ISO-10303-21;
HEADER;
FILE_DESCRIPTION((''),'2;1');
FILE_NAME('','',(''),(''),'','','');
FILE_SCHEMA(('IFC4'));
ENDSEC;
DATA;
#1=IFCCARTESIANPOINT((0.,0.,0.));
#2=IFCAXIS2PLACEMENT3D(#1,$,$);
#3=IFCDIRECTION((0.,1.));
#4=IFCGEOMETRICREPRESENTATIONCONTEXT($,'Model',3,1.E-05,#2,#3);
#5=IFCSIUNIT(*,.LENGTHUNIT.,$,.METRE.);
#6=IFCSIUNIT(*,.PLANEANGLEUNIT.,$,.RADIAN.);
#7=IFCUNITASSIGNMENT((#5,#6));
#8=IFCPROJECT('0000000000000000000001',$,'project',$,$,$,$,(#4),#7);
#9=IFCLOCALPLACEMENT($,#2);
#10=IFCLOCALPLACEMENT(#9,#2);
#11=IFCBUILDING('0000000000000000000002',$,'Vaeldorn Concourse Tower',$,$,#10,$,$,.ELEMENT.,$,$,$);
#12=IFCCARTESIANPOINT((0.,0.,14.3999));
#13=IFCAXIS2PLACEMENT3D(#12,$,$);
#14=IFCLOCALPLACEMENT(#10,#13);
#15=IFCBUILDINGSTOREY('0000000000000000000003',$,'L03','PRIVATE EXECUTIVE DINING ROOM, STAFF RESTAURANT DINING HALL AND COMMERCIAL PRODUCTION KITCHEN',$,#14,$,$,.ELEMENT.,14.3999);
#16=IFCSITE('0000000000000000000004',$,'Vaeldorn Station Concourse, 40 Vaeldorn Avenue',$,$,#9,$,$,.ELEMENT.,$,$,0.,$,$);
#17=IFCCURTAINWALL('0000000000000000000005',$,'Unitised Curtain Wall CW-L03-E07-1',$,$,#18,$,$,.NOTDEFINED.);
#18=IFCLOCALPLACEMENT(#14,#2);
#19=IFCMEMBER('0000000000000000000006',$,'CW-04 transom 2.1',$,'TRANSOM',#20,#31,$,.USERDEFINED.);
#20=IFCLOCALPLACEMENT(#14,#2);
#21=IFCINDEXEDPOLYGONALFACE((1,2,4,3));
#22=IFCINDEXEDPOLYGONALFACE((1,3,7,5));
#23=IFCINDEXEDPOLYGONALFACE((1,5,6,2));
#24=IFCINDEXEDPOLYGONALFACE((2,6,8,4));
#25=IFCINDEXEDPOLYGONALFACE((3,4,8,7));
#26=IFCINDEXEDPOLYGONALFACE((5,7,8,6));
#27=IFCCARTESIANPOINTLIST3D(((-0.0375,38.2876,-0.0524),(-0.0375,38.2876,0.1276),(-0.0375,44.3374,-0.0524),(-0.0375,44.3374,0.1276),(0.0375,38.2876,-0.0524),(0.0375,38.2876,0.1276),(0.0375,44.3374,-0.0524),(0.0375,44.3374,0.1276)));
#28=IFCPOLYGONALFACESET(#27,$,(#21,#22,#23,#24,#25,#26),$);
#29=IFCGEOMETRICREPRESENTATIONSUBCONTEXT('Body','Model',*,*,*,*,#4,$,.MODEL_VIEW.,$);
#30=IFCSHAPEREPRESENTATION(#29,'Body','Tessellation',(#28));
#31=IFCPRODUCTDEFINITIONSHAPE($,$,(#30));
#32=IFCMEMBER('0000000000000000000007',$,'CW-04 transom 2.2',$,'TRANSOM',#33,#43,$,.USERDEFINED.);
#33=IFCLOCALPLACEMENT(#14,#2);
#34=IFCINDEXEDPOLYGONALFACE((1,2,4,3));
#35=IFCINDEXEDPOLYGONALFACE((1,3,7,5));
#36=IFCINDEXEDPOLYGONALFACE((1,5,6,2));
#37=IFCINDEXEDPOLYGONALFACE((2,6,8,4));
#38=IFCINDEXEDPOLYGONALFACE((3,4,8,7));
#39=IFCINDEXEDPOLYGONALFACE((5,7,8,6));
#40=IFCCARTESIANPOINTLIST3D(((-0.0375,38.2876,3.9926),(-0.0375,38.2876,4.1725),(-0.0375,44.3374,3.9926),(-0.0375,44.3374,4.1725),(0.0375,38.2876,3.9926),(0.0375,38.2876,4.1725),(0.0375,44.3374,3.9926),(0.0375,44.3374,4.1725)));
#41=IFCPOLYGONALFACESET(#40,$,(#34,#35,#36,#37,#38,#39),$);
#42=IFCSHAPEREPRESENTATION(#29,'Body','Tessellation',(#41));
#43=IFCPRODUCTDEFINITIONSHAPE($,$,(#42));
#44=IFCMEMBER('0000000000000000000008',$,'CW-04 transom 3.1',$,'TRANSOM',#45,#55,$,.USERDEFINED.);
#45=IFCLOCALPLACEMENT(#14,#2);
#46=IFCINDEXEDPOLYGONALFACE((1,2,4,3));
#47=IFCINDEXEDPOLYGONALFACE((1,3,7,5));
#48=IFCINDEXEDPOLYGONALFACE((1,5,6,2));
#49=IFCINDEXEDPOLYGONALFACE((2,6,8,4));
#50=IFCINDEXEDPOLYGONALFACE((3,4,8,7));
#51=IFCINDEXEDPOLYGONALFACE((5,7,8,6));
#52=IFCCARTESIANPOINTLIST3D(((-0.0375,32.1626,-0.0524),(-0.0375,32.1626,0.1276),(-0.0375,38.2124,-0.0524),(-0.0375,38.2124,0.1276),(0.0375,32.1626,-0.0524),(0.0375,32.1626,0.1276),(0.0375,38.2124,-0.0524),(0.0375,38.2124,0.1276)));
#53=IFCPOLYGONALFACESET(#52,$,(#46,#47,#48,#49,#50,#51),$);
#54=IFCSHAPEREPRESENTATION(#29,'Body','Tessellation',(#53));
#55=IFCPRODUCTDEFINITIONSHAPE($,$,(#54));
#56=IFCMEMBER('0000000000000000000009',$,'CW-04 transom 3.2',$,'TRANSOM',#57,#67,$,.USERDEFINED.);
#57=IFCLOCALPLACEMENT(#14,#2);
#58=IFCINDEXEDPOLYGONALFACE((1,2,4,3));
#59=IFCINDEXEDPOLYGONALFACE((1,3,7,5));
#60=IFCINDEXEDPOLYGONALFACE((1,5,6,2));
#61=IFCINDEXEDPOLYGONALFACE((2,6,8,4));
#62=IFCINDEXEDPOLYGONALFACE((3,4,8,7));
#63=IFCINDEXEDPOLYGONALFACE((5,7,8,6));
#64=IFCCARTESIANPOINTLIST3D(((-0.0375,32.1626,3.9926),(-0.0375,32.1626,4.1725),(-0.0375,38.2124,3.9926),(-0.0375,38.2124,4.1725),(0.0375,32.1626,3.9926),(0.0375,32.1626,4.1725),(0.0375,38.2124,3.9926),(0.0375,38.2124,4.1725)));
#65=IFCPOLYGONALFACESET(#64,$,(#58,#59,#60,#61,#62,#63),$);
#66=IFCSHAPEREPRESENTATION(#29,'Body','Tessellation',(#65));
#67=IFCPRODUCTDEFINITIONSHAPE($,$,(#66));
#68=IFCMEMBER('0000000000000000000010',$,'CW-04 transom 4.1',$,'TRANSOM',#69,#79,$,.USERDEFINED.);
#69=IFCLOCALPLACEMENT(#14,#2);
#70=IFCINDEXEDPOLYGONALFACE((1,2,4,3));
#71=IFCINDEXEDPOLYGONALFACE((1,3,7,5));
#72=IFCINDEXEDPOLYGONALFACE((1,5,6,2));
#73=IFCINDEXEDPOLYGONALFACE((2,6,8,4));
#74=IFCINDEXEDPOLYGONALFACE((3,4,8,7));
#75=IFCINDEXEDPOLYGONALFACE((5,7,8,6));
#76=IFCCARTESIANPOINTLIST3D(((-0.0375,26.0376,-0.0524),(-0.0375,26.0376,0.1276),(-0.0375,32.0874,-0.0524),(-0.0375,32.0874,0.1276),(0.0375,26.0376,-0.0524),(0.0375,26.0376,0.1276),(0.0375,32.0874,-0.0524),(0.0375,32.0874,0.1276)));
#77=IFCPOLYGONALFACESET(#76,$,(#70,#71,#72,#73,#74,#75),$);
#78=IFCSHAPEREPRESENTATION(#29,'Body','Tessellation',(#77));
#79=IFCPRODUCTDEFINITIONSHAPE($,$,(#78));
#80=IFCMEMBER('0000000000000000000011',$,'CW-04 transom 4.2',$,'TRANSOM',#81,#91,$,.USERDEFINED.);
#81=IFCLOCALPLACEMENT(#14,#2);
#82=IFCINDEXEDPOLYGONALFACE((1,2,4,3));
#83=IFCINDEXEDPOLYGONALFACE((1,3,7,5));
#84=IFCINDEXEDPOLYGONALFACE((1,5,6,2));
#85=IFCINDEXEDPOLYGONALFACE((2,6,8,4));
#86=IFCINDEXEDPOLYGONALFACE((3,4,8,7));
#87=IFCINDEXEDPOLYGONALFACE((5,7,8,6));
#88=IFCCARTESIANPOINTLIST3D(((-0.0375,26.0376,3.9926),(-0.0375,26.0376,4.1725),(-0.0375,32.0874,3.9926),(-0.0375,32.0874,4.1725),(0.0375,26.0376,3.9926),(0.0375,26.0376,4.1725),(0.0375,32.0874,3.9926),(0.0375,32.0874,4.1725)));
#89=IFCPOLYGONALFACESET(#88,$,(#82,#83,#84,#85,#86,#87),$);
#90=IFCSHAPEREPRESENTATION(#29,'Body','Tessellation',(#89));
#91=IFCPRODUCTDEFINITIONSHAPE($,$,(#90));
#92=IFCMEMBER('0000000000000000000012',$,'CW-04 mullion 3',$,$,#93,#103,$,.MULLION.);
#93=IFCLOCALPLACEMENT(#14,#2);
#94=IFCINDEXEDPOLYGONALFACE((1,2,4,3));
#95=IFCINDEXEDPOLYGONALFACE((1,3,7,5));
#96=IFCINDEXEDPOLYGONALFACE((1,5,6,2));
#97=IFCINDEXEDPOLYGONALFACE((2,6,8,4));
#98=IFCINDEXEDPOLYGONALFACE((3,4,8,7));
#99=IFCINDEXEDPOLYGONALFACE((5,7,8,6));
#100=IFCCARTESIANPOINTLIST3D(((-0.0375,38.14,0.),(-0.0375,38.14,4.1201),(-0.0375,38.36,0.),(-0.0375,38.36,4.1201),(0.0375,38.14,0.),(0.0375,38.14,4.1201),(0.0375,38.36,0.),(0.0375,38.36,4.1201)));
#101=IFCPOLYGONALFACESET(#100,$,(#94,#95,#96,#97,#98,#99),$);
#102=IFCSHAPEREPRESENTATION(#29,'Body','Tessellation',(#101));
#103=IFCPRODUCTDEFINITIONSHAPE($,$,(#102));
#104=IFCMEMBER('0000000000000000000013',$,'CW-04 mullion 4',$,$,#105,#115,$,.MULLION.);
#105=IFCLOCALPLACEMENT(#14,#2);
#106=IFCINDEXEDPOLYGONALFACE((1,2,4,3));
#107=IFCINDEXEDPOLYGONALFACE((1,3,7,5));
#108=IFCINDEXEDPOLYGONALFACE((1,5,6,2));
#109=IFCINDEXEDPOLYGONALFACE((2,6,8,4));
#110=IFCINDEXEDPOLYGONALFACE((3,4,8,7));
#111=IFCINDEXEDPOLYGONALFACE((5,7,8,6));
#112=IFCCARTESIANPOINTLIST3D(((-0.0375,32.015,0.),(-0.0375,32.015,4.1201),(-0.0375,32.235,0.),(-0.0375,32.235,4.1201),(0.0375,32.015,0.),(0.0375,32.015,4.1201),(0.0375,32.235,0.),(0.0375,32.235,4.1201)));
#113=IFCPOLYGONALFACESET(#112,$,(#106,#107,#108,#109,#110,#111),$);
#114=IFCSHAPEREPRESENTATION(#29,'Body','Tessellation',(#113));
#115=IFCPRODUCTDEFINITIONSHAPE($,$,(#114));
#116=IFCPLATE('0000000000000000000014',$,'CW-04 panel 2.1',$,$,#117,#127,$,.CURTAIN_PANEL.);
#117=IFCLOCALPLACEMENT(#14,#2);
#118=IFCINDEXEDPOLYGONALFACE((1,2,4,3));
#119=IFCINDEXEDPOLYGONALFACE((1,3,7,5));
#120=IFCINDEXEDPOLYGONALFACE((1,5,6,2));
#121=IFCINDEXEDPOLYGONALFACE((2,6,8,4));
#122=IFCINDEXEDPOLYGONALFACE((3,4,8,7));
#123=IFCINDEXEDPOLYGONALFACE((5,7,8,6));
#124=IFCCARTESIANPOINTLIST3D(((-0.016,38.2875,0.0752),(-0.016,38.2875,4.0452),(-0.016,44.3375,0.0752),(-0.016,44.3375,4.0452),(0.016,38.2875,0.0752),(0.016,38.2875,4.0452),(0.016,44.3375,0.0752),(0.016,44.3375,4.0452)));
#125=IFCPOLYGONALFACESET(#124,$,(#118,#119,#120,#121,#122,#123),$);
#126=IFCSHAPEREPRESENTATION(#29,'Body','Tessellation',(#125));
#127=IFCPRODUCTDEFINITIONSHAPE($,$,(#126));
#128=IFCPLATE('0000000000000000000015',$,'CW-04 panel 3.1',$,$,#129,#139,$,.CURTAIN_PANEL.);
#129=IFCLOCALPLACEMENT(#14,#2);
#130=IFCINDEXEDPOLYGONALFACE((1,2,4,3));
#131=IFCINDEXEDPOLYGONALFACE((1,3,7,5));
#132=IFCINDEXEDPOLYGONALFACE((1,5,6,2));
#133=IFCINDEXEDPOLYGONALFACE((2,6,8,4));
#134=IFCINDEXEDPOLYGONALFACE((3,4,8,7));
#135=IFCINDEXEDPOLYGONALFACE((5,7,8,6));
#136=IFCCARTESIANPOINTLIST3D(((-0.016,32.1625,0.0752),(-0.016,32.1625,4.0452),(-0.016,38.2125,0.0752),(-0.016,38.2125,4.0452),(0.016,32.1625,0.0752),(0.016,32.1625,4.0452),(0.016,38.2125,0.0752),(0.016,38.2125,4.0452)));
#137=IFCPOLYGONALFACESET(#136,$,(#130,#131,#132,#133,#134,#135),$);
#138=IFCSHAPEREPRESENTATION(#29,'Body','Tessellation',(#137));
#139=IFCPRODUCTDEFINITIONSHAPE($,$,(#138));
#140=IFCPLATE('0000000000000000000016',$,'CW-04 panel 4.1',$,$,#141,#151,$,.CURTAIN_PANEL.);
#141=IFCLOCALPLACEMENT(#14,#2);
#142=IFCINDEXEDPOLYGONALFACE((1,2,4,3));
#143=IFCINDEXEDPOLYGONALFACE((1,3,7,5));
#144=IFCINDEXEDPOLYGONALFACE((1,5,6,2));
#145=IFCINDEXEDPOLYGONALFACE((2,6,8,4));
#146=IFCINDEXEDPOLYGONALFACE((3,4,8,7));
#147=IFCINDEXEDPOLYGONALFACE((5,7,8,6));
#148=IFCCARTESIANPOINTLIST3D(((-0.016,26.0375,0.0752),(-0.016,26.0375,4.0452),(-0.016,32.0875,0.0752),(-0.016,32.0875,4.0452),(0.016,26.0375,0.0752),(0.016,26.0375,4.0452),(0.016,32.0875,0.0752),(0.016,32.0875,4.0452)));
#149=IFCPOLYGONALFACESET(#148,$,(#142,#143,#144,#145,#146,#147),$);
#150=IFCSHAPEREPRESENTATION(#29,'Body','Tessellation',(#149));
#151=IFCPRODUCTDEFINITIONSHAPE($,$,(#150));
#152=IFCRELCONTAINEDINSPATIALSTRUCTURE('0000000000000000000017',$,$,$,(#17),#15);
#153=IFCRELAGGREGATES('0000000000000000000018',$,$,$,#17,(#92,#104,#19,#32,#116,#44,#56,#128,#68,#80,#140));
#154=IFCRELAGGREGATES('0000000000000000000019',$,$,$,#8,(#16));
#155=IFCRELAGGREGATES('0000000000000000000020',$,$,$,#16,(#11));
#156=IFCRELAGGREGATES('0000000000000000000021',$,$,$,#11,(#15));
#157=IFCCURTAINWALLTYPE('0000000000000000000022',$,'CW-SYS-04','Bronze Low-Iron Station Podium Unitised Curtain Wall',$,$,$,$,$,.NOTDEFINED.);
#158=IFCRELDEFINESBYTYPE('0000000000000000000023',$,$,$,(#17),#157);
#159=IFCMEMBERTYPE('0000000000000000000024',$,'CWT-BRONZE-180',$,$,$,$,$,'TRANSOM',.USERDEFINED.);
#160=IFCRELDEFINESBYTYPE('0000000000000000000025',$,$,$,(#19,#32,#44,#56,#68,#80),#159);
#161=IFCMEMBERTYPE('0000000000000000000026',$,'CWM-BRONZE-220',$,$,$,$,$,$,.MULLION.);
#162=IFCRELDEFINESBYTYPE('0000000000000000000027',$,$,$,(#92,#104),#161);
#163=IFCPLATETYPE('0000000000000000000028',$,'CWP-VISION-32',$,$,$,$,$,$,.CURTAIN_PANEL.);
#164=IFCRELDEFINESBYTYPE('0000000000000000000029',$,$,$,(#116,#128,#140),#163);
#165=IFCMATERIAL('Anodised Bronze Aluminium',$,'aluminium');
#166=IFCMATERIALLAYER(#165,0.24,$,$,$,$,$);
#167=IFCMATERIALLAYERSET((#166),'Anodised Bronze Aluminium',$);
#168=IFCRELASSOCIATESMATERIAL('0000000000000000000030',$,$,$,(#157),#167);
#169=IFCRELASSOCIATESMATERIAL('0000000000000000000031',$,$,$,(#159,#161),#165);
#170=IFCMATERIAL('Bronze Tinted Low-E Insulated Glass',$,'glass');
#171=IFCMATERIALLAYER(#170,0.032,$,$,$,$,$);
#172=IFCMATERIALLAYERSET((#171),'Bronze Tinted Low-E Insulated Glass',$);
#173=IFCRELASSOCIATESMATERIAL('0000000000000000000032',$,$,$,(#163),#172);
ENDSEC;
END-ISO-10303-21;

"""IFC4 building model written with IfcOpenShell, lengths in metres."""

from ifc_helpers import new_model, si_unit, direction, frame, origin, origin_2d, place, context, subcontext, project, spatial, rectangle, extrude, source, transform, mapped, material, layer, layer_set, material_profile, profile_set, type_object, element, aggregate, save


model = new_model("IFC4")

# Units and contexts
model_context = context("Model", 3, precision=1e-05, world=origin(), true_north=direction((0.0, 1.0)))
body_context = subcontext(model_context, "Body", "Model", "MODEL_VIEW")
ifc_project = project(units=[si_unit("LENGTHUNIT", "METRE"), si_unit("PLANEANGLEUNIT", "RADIAN")], contexts=[model_context])

# Site, building, storey
site_placement = place(None, origin())
site = spatial("IfcSite", under=ifc_project, at=site_placement, Name="Vaeldorn Station Concourse, 40 Vaeldorn Avenue", CompositionType="ELEMENT", RefElevation=0.0)
building_placement = place(site_placement, origin())
building = spatial("IfcBuilding", under=site, at=building_placement, Name="Vaeldorn Concourse Tower", CompositionType="ELEMENT")
storey_placement = place(building_placement, frame((0.0, 0.0, 14.3999)))
storey = spatial("IfcBuildingStorey", under=building, at=storey_placement, Name="L03", Description="PRIVATE EXECUTIVE DINING ROOM, STAFF RESTAURANT DINING HALL AND COMMERCIAL PRODUCTION KITCHEN", CompositionType="ELEMENT", Elevation=14.3999)

# Curtain wall, members, plates
ifc_material_1 = material(Name="Anodised Bronze Aluminium", Category="aluminium")
ifc_layer_1 = layer(ifc_material_1, 0.24)
ifc_layer_set_1 = layer_set([ifc_layer_1], Name="Anodised Bronze Aluminium")
curtain_wall_type = type_object("IfcCurtainWallType", Name="CW-SYS-04", Description="Bronze Low-Iron Station Podium Unitised Curtain Wall", PredefinedType="NOTDEFINED", material=ifc_layer_set_1)
curtain_wall_placement = place(storey_placement, origin())
curtain_wall = element("IfcCurtainWall", 1, at=curtain_wall_placement, inside=storey, type_object=curtain_wall_type, Name="Unitised Curtain Wall CW-L03-E07-1", PredefinedType="NOTDEFINED")
ifc_material_profile_1 = material_profile(ifc_material_1, rectangle(XDim=0.075, YDim=0.1799, at=origin_2d()), Name="CWT 75x180")
ifc_profile_set_1 = profile_set([ifc_material_profile_1], Name="Anodised Bronze Aluminium")
member_type_1 = type_object("IfcMemberType", Name="CWT-BRONZE-180", ElementType="TRANSOM", PredefinedType="USERDEFINED", material=ifc_profile_set_1)
shared_shape_1 = source(origin(), body_context, "Body", "SweptSolid", [
    extrude(rectangle(XDim=0.075, YDim=0.1799, at=origin_2d()), origin(), (0.0, 0.0, 1.0), 6.0498),
])
member_1_placement = place(storey_placement, frame((0.0, 44.3374, 0.0376), z_axis=(0.0, -1.0, 0.0), x_axis=(1.0, 0.0, 0.0)))
member_1 = element("IfcMember", 2, at=member_1_placement, type_object=member_type_1, Name="CW-04 transom 2.1", ObjectType="TRANSOM", PredefinedType="USERDEFINED", context=body_context, shape_type="MappedRepresentation", body=[
    mapped(shared_shape_1, transform((0.0, 0.0, 0.0), scale=1.0)),
])
member_2_placement = place(storey_placement, frame((0.0, 44.3374, 4.0825), z_axis=(0.0, -1.0, 0.0), x_axis=(1.0, 0.0, 0.0)))
member_2 = element("IfcMember", 3, at=member_2_placement, type_object=member_type_1, Name="CW-04 transom 2.2", ObjectType="TRANSOM", PredefinedType="USERDEFINED", context=body_context, shape_type="MappedRepresentation", body=[
    mapped(shared_shape_1, transform((0.0, 0.0, 0.0), scale=1.0)),
])
member_3_placement = place(storey_placement, frame((0.0, 38.2124, 0.0376), z_axis=(0.0, -1.0, 0.0), x_axis=(1.0, 0.0, 0.0)))
member_3 = element("IfcMember", 4, at=member_3_placement, type_object=member_type_1, Name="CW-04 transom 3.1", ObjectType="TRANSOM", PredefinedType="USERDEFINED", context=body_context, shape_type="MappedRepresentation", body=[
    mapped(shared_shape_1, transform((0.0, 0.0, 0.0), scale=1.0)),
])
member_4_placement = place(storey_placement, frame((0.0, 38.2124, 4.0825), z_axis=(0.0, -1.0, 0.0), x_axis=(1.0, 0.0, 0.0)))
member_4 = element("IfcMember", 5, at=member_4_placement, type_object=member_type_1, Name="CW-04 transom 3.2", ObjectType="TRANSOM", PredefinedType="USERDEFINED", context=body_context, shape_type="MappedRepresentation", body=[
    mapped(shared_shape_1, transform((0.0, 0.0, 0.0), scale=1.0)),
])
member_5_placement = place(storey_placement, frame((0.0, 32.0874, 0.0376), z_axis=(0.0, -1.0, 0.0), x_axis=(1.0, 0.0, 0.0)))
member_5 = element("IfcMember", 6, at=member_5_placement, type_object=member_type_1, Name="CW-04 transom 4.1", ObjectType="TRANSOM", PredefinedType="USERDEFINED", context=body_context, shape_type="MappedRepresentation", body=[
    mapped(shared_shape_1, transform((0.0, 0.0, 0.0), scale=1.0)),
])
member_6_placement = place(storey_placement, frame((0.0, 32.0874, 4.0825), z_axis=(0.0, -1.0, 0.0), x_axis=(1.0, 0.0, 0.0)))
member_6 = element("IfcMember", 7, at=member_6_placement, type_object=member_type_1, Name="CW-04 transom 4.2", ObjectType="TRANSOM", PredefinedType="USERDEFINED", context=body_context, shape_type="MappedRepresentation", body=[
    mapped(shared_shape_1, transform((0.0, 0.0, 0.0), scale=1.0)),
])
ifc_material_profile_2 = material_profile(ifc_material_1, rectangle(XDim=0.075, YDim=0.22, at=origin_2d()), Name="CWM 75x220")
ifc_profile_set_2 = profile_set([ifc_material_profile_2], Name="Anodised Bronze Aluminium")
member_type_2 = type_object("IfcMemberType", Name="CWM-BRONZE-220", PredefinedType="MULLION", material=ifc_profile_set_2)
shared_shape_2 = source(origin(), body_context, "Body", "SweptSolid", [
    extrude(rectangle(XDim=0.075, YDim=0.22, at=origin_2d()), origin(), (0.0, 0.0, 1.0), 4.1201),
])
member_7_placement = place(storey_placement, frame((0.0, 38.25, 0.0), z_axis=(0.0, 0.0, 1.0), x_axis=(1.0, 0.0, 0.0)))
member_7 = element("IfcMember", 8, at=member_7_placement, type_object=member_type_2, Name="CW-04 mullion 3", PredefinedType="MULLION", context=body_context, shape_type="MappedRepresentation", body=[
    mapped(shared_shape_2, transform((0.0, 0.0, 0.0), scale=1.0)),
])
member_8_placement = place(storey_placement, frame((0.0, 32.125, 0.0), z_axis=(0.0, 0.0, 1.0), x_axis=(1.0, 0.0, 0.0)))
member_8 = element("IfcMember", 9, at=member_8_placement, type_object=member_type_2, Name="CW-04 mullion 4", PredefinedType="MULLION", context=body_context, shape_type="MappedRepresentation", body=[
    mapped(shared_shape_2, transform((0.0, 0.0, 0.0), scale=1.0)),
])
ifc_material_2 = material(Name="Bronze Tinted Low-E Insulated Glass", Category="glass")
ifc_layer_2 = layer(ifc_material_2, 0.032)
ifc_layer_set_2 = layer_set([ifc_layer_2], Name="Bronze Tinted Low-E Insulated Glass")
plate_type = type_object("IfcPlateType", Name="CWP-VISION-32", PredefinedType="CURTAIN_PANEL", material=ifc_layer_set_2)
shared_shape_3 = source(origin(), body_context, "Body", "SweptSolid", [
    extrude(rectangle(XDim=6.05, YDim=0.032, at=origin_2d()), origin(), (0.0, 0.0, 1.0), 3.97),
])
plate_1_placement = place(storey_placement, frame((0.0, 41.3125, 0.0752), z_axis=(0.0, 0.0, 1.0), x_axis=(0.0, -1.0, 0.0)))
plate_1 = element("IfcPlate", 10, at=plate_1_placement, type_object=plate_type, Name="CW-04 panel 2.1", PredefinedType="CURTAIN_PANEL", context=body_context, shape_type="MappedRepresentation", body=[
    mapped(shared_shape_3, transform((0.0, 0.0, 0.0), scale=1.0)),
])
plate_2_placement = place(storey_placement, frame((0.0, 35.1875, 0.0752), z_axis=(0.0, 0.0, 1.0), x_axis=(0.0, -1.0, 0.0)))
plate_2 = element("IfcPlate", 11, at=plate_2_placement, type_object=plate_type, Name="CW-04 panel 3.1", PredefinedType="CURTAIN_PANEL", context=body_context, shape_type="MappedRepresentation", body=[
    mapped(shared_shape_3, transform((0.0, 0.0, 0.0), scale=1.0)),
])
plate_3_placement = place(storey_placement, frame((0.0, 29.0625, 0.0752), z_axis=(0.0, 0.0, 1.0), x_axis=(0.0, -1.0, 0.0)))
plate_3 = element("IfcPlate", 12, at=plate_3_placement, type_object=plate_type, Name="CW-04 panel 4.1", PredefinedType="CURTAIN_PANEL", context=body_context, shape_type="MappedRepresentation", body=[
    mapped(shared_shape_3, transform((0.0, 0.0, 0.0), scale=1.0)),
])
aggregate(curtain_wall, [member_7, member_8, member_1, member_2, plate_1, member_3, member_4, plate_2, member_5, member_6, plate_3])

save(model, "model.ifc")
